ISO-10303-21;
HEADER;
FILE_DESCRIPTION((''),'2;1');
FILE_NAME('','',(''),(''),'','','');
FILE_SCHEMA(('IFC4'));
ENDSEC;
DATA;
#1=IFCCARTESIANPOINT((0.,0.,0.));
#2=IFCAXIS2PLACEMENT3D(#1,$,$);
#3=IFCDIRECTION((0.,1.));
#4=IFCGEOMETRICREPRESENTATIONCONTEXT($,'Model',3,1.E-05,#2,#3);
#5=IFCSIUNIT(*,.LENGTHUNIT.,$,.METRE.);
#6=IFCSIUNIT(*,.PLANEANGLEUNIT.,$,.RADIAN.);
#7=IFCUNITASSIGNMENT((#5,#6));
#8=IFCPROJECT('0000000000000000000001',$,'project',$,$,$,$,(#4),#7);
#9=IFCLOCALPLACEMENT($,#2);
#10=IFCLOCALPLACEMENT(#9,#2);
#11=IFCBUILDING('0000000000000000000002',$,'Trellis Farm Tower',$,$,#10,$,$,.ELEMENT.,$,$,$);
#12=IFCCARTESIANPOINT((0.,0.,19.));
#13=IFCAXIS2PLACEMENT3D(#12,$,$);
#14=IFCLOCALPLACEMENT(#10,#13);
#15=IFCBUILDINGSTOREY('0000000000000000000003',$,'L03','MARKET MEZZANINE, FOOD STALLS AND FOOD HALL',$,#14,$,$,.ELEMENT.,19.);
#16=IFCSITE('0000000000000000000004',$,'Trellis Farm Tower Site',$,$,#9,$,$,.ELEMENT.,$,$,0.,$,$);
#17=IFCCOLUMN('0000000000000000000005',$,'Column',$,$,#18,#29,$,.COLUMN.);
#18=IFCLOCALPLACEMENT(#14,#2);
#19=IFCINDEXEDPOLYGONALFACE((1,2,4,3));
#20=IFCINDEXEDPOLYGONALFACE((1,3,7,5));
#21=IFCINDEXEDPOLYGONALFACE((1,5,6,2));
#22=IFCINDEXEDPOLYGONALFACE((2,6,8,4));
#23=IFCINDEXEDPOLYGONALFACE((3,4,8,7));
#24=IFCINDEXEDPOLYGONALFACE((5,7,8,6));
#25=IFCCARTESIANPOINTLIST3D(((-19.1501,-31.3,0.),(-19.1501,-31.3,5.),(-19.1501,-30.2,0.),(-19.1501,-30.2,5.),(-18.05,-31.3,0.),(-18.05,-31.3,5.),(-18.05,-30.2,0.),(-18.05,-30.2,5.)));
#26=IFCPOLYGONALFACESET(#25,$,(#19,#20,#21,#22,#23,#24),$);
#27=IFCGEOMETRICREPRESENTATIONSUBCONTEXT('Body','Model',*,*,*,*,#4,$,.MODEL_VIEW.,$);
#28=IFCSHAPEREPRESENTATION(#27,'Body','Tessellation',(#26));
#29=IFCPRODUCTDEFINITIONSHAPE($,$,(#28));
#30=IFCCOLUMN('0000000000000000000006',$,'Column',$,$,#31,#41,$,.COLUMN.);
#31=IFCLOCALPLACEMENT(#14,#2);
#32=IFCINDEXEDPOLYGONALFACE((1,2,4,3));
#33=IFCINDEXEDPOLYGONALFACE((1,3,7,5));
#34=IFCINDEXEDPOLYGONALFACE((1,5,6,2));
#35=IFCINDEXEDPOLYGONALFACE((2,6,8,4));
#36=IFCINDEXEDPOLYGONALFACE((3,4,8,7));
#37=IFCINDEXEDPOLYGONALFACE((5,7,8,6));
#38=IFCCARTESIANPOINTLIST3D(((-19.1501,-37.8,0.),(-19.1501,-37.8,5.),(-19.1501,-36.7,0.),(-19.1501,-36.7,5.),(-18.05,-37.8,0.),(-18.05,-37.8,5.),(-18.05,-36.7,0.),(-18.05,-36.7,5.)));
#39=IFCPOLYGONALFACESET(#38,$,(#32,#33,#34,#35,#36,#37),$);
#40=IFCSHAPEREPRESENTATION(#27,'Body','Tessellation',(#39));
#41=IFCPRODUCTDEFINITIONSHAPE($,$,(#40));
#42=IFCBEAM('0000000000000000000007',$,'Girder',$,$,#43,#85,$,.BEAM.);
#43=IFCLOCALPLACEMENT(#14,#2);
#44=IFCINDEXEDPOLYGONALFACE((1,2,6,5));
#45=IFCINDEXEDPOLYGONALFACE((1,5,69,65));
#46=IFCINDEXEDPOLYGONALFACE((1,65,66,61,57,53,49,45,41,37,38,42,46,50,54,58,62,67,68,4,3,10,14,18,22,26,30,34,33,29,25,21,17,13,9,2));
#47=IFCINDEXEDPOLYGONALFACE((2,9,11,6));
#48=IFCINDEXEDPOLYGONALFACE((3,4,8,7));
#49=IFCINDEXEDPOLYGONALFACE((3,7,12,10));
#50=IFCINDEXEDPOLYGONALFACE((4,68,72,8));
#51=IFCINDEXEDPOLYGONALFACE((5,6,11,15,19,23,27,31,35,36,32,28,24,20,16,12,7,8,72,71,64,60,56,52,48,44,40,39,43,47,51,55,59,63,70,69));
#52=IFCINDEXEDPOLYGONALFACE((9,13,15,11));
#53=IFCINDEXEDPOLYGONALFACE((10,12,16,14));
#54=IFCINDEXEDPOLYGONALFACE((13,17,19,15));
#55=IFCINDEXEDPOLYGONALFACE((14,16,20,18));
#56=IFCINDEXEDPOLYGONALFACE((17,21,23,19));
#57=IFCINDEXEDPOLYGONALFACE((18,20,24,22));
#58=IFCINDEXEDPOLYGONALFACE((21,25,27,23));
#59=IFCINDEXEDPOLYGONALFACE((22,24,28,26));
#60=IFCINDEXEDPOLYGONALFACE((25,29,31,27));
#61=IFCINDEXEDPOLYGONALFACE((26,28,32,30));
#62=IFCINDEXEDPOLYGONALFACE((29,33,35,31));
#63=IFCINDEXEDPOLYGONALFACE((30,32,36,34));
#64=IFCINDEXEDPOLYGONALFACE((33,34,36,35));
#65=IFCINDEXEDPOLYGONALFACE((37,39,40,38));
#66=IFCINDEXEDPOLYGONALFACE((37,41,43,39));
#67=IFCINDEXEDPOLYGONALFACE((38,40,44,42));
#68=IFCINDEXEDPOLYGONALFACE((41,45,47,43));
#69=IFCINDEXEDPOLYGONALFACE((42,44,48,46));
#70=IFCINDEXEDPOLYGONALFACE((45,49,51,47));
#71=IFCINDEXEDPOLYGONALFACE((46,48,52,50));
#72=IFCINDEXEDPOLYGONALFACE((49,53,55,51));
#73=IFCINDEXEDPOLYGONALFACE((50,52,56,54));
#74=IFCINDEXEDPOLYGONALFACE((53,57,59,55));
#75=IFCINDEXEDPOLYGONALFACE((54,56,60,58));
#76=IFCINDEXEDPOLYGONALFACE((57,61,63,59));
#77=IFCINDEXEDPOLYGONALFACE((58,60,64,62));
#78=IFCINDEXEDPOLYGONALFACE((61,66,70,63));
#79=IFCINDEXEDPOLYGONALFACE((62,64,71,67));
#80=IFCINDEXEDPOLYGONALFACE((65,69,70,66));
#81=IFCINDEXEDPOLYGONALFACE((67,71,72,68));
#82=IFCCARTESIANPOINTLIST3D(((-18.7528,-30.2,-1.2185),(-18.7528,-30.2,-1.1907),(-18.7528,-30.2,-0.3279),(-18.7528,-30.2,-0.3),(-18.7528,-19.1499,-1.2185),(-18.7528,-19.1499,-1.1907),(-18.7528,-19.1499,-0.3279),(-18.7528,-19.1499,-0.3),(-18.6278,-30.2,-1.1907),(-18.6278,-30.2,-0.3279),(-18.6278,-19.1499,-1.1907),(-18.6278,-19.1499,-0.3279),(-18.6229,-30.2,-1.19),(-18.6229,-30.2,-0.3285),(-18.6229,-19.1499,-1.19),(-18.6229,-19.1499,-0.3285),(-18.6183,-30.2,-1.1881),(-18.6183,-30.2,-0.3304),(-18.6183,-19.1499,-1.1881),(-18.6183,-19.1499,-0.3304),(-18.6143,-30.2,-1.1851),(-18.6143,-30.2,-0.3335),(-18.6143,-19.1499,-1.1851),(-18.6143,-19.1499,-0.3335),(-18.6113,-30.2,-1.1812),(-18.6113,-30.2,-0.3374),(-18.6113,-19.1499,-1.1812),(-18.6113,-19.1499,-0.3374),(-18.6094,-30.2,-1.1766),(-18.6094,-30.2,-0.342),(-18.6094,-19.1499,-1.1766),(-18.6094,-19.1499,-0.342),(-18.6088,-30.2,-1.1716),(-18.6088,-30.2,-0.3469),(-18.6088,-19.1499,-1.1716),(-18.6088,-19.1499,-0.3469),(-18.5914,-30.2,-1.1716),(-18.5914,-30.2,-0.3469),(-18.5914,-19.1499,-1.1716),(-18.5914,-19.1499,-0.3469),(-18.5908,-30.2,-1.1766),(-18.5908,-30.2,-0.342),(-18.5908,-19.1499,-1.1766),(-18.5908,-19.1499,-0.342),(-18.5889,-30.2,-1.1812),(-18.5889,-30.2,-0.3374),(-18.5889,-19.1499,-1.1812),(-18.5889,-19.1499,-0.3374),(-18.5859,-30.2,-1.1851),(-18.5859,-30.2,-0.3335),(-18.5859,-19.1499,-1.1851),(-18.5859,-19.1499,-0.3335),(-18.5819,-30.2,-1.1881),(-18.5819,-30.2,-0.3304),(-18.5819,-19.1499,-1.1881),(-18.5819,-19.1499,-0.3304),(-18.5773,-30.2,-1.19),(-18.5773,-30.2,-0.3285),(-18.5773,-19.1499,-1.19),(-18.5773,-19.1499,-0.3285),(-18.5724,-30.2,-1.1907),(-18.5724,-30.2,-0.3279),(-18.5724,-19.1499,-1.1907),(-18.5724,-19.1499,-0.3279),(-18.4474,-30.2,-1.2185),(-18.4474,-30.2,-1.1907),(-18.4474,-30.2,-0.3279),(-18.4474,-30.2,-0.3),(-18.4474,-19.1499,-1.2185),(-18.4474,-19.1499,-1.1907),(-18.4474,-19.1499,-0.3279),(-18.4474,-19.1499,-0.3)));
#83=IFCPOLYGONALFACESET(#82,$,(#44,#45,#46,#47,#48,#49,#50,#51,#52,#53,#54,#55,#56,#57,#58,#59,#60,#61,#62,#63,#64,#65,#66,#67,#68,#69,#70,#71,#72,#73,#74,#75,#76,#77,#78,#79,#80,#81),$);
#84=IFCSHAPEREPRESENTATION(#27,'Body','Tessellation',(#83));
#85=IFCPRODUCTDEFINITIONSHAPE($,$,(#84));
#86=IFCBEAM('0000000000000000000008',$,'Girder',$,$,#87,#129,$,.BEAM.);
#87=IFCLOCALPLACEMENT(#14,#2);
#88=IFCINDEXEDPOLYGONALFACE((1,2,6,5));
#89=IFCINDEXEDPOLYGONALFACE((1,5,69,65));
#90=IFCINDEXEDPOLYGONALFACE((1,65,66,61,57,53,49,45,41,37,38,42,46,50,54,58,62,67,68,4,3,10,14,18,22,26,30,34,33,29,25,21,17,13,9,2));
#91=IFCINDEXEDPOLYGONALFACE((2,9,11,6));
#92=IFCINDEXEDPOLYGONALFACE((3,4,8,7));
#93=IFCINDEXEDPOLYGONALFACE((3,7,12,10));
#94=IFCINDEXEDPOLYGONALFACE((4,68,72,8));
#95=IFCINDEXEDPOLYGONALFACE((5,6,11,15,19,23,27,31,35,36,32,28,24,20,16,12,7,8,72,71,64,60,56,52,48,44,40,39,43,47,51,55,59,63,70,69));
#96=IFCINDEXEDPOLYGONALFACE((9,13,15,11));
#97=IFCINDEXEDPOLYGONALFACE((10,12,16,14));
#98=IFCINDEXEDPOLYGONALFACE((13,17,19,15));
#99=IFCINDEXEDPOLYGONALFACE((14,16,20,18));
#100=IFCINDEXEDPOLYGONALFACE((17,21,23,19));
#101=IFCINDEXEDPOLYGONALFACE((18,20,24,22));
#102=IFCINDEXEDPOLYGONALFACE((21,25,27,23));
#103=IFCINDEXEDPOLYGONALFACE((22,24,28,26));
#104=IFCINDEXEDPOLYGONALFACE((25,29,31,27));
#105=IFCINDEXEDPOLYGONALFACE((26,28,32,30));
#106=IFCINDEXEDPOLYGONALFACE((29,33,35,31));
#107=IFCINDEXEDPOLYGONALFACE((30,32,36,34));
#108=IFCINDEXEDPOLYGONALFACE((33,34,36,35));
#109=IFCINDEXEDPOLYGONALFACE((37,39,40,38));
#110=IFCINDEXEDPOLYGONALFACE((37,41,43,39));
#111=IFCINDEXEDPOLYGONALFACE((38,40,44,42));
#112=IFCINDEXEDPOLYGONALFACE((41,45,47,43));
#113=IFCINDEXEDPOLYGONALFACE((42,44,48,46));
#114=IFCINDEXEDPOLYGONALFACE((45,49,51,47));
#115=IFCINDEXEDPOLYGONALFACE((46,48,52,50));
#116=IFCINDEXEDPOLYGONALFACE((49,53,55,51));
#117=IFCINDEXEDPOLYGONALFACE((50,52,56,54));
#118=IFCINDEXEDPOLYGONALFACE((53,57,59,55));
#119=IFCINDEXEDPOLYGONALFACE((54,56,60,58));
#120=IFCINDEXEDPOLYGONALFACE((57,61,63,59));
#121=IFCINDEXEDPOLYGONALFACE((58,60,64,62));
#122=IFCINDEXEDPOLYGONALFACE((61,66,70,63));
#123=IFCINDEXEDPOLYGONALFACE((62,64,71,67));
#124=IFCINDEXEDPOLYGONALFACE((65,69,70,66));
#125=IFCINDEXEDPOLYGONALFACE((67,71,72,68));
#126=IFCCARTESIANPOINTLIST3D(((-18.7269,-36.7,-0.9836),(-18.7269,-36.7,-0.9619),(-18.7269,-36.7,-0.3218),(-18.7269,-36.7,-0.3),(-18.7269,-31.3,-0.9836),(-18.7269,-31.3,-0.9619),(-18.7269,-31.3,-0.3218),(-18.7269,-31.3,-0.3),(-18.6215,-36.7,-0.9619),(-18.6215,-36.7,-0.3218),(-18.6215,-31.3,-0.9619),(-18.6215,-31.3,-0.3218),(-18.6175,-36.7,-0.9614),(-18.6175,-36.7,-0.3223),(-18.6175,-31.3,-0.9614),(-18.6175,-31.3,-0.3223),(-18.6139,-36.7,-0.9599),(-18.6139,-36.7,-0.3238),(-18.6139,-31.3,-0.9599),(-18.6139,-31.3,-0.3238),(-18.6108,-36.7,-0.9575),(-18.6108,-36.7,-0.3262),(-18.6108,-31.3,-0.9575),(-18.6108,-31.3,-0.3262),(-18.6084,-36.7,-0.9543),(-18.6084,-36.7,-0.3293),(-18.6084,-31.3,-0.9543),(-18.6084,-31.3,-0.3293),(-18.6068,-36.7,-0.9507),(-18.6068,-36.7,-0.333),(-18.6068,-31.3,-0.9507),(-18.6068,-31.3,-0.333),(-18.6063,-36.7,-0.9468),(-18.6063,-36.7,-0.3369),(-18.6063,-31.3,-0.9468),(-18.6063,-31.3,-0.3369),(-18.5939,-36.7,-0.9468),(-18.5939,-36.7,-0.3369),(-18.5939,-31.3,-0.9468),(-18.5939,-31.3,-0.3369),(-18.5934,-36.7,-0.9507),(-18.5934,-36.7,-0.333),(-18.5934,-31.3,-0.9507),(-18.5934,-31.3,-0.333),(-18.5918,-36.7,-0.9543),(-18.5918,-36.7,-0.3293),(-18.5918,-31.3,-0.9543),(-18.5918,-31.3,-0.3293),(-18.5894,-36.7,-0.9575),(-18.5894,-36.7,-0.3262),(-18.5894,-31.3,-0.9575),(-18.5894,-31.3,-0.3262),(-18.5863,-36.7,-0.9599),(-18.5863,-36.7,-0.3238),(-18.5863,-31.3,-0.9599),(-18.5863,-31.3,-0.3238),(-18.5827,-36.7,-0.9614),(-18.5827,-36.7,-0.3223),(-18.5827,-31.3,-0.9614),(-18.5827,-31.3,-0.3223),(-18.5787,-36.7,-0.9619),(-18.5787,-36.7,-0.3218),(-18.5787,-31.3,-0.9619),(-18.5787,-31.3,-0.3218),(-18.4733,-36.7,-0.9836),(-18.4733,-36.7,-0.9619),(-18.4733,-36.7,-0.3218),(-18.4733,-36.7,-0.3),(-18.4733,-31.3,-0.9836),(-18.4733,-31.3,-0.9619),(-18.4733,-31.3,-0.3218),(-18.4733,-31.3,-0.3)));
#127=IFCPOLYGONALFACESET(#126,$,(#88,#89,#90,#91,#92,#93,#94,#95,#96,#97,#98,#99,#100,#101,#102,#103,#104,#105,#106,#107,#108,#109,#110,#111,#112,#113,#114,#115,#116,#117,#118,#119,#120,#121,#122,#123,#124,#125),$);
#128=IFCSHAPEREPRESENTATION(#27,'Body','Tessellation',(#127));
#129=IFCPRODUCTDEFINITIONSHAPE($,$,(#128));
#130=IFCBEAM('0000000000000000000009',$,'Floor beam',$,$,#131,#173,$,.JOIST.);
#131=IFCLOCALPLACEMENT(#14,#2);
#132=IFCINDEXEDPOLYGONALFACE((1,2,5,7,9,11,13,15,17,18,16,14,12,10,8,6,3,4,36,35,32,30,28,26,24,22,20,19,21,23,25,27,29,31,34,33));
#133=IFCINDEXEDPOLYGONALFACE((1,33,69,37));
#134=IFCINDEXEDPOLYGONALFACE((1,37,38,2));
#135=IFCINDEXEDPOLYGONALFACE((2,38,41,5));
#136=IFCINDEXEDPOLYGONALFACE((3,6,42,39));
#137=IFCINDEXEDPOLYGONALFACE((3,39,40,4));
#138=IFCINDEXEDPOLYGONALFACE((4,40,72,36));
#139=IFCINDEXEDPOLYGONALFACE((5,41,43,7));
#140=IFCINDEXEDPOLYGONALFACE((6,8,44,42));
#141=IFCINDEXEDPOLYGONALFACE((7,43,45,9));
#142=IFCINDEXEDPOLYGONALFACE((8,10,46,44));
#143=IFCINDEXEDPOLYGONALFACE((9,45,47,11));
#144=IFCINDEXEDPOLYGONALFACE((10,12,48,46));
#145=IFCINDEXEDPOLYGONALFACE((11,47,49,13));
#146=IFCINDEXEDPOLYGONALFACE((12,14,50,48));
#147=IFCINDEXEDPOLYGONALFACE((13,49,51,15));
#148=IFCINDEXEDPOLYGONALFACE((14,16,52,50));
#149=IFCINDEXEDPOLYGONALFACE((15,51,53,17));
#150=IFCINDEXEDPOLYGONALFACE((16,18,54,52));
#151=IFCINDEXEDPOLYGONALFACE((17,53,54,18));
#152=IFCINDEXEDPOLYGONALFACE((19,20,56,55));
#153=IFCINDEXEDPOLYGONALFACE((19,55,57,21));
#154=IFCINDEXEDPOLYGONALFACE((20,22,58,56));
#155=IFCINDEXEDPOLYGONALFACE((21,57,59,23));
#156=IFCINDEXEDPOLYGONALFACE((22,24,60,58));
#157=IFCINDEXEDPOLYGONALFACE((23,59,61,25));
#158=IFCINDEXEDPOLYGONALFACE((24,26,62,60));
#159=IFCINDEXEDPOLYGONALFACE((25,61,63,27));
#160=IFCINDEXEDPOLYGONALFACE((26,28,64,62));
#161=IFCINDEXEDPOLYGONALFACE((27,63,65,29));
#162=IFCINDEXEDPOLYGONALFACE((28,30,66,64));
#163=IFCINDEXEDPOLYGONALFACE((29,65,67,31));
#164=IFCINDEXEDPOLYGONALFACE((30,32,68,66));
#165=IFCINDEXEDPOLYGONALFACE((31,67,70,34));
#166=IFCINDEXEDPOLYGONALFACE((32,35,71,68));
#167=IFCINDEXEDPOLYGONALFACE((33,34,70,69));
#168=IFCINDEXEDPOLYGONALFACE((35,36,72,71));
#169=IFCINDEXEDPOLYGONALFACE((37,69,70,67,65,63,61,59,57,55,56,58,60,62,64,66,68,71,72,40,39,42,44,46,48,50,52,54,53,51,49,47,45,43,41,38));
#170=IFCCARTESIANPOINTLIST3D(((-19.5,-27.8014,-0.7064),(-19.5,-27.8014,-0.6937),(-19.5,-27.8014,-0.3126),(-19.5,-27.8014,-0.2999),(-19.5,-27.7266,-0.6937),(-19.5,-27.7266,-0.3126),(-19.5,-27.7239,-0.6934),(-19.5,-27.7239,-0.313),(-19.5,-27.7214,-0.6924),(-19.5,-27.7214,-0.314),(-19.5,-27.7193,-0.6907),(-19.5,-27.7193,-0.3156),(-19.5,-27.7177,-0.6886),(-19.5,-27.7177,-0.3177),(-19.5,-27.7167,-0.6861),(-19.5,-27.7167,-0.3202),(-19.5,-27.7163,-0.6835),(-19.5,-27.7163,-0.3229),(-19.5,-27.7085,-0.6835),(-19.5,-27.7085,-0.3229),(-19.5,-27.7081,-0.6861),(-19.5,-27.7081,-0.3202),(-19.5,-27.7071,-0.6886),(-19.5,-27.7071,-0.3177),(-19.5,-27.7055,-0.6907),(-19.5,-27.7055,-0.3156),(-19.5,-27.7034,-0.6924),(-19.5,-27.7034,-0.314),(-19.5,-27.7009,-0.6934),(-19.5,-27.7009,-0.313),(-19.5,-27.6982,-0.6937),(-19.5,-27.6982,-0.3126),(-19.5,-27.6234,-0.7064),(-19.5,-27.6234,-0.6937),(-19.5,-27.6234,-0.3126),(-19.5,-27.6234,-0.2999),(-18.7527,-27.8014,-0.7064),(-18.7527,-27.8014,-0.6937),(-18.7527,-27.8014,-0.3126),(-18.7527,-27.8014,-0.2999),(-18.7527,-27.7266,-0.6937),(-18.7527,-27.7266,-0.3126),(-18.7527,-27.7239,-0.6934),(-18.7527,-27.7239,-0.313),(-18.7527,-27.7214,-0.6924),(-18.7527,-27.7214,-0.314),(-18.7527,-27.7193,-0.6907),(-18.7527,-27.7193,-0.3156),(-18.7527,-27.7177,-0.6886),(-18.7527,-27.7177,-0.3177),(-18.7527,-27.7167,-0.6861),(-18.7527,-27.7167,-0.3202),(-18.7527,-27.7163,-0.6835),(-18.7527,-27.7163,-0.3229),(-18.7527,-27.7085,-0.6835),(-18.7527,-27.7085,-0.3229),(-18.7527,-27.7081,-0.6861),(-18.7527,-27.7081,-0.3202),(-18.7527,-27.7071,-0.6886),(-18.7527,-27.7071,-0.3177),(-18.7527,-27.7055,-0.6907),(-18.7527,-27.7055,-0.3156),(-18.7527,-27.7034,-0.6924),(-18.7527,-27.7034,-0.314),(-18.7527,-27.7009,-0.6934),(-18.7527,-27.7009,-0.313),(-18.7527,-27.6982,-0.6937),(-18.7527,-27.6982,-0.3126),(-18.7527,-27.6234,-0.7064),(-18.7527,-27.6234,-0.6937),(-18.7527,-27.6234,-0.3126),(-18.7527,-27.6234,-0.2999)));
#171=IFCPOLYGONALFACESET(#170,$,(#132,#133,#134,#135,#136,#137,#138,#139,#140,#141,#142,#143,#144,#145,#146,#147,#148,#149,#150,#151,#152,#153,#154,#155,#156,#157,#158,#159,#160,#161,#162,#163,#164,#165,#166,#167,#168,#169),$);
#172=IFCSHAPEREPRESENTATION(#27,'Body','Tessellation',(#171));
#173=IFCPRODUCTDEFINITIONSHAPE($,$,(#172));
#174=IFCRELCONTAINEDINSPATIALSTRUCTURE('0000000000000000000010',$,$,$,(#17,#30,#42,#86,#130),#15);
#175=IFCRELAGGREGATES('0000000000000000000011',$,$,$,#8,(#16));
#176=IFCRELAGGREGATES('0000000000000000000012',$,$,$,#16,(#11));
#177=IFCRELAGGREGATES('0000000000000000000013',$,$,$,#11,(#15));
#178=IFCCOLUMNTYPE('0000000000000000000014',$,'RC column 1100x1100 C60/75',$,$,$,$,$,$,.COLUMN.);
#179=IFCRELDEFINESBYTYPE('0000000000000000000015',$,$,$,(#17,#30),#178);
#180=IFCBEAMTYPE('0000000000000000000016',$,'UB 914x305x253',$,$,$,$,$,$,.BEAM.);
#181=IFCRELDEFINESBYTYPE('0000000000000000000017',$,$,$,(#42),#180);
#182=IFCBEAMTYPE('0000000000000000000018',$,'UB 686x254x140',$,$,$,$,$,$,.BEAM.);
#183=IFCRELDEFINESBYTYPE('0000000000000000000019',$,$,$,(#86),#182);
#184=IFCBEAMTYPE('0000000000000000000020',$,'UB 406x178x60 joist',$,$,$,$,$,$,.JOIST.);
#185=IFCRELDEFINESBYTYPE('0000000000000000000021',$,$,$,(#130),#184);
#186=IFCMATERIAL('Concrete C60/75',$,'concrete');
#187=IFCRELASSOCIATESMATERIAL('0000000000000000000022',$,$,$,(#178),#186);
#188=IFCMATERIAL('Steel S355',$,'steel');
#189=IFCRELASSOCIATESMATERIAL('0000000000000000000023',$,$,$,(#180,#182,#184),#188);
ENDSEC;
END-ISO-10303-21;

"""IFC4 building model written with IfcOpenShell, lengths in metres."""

from ifc_helpers import new_model, si_unit, direction, frame, origin, origin_2d, place, context, subcontext, project, spatial, rectangle, i_section, extrude, source, transform, mapped, material, material_profile, profile_set, type_object, element, save


model = new_model("IFC4")

# Units and contexts
model_context = context("Model", 3, precision=1e-05, world=origin(), true_north=direction((0.0, 1.0)))
body_context = subcontext(model_context, "Body", "Model", "MODEL_VIEW")
ifc_project = project(units=[si_unit("LENGTHUNIT", "METRE"), si_unit("PLANEANGLEUNIT", "RADIAN")], contexts=[model_context])

# Site, building, storey
site_placement = place(None, origin())
site = spatial("IfcSite", under=ifc_project, at=site_placement, Name="Trellis Farm Tower Site", CompositionType="ELEMENT", RefElevation=0.0)
building_placement = place(site_placement, origin())
building = spatial("IfcBuilding", under=site, at=building_placement, Name="Trellis Farm Tower", CompositionType="ELEMENT")
storey_placement = place(building_placement, frame((0.0, 0.0, 19.0)))
storey = spatial("IfcBuildingStorey", under=building, at=storey_placement, Name="L03", Description="MARKET MEZZANINE, FOOD STALLS AND FOOD HALL", CompositionType="ELEMENT", Elevation=19.0)

# Columns
ifc_material_1 = material(Name="Concrete C60/75", Category="concrete")
ifc_material_profile_1 = material_profile(ifc_material_1, rectangle(XDim=1.1001, YDim=1.1001, at=origin_2d()), Name="RC column 1100x1100 C60/75")
ifc_profile_set_1 = profile_set([ifc_material_profile_1], Name="Concrete C60/75")
column_type = type_object("IfcColumnType", Name="RC column 1100x1100 C60/75", PredefinedType="COLUMN", material=ifc_profile_set_1)
shared_shape_1 = source(origin(), body_context, "Body", "SweptSolid", [
    extrude(rectangle(XDim=1.1001, YDim=1.1001, at=origin_2d()), origin(), (0.0, 0.0, 1.0), 5.0),
])
for number, where, z_axis, x_axis, name in (
    (1, (-18.6001, -30.75, 0.0), (0.0, 0.0, 1.0), (1.0, 0.0, 0.0), "Column"),
    (2, (-18.6001, -37.25, 0.0), (0.0, 0.0, 1.0), (1.0, 0.0, 0.0), "Column"),
):
    element("IfcColumn", number, at=place(storey_placement, frame(where, z_axis=z_axis, x_axis=x_axis)), inside=storey, type_object=column_type, Name=name, PredefinedType="COLUMN", context=body_context, shape_type="MappedRepresentation", body=[
        mapped(shared_shape_1, transform((0.0, 0.0, 0.0))),
    ])

# Beams
ifc_material_2 = material(Name="Steel S355", Category="steel")
ifc_material_profile_2 = material_profile(ifc_material_2, i_section(OverallWidth=0.3054, OverallDepth=0.9185, WebThickness=0.0173, FlangeThickness=0.0278, FilletRadius=0.019, at=origin_2d()), Name="UB 914x305x253")
ifc_profile_set_2 = profile_set([ifc_material_profile_2], Name="Steel S355")
beam_type_1 = type_object("IfcBeamType", Name="UB 914x305x253", PredefinedType="BEAM", material=ifc_profile_set_2)
shared_shape_2 = source(origin(), body_context, "Body", "SweptSolid", [
    extrude(i_section(OverallWidth=0.3054, OverallDepth=0.9185, WebThickness=0.0173, FlangeThickness=0.0278, FilletRadius=0.019, at=origin_2d()), origin(), (0.0, 0.0, 1.0), 11.05),
])
beam_1_placement = place(storey_placement, frame((-18.6001, -30.2, -0.7593), z_axis=(0.0, 1.0, 0.0), x_axis=(-1.0, 0.0, 0.0)))
element("IfcBeam", 3, at=beam_1_placement, inside=storey, type_object=beam_type_1, Name="Girder", PredefinedType="BEAM", context=body_context, shape_type="MappedRepresentation", body=[
    mapped(shared_shape_2, transform((0.0, 0.0, 0.0))),
])
ifc_material_profile_3 = material_profile(ifc_material_2, i_section(OverallWidth=0.2537, OverallDepth=0.6836, WebThickness=0.0125, FlangeThickness=0.0217, FilletRadius=0.0151, at=origin_2d()), Name="UB 686x254x140")
ifc_profile_set_3 = profile_set([ifc_material_profile_3], Name="Steel S355")
beam_type_2 = type_object("IfcBeamType", Name="UB 686x254x140", PredefinedType="BEAM", material=ifc_profile_set_3)
shared_shape_3 = source(origin(), body_context, "Body", "SweptSolid", [
    extrude(i_section(OverallWidth=0.2537, OverallDepth=0.6836, WebThickness=0.0125, FlangeThickness=0.0217, FilletRadius=0.0151, at=origin_2d()), origin(), (0.0, 0.0, 1.0), 5.3999),
])
beam_2_placement = place(storey_placement, frame((-18.6001, -36.7, -0.6418), z_axis=(0.0, 1.0, 0.0), x_axis=(-1.0, 0.0, 0.0)))
element("IfcBeam", 4, at=beam_2_placement, inside=storey, type_object=beam_type_2, Name="Girder", PredefinedType="BEAM", context=body_context, shape_type="MappedRepresentation", body=[
    mapped(shared_shape_3, transform((0.0, 0.0, 0.0))),
])
ifc_material_profile_4 = material_profile(ifc_material_2, i_section(OverallWidth=0.178, OverallDepth=0.4065, WebThickness=0.0078, FlangeThickness=0.0127, FilletRadius=0.0103, at=origin_2d()), Name="UB 406x178x60")
ifc_profile_set_4 = profile_set([ifc_material_profile_4], Name="Steel S355")
beam_type_3 = type_object("IfcBeamType", Name="UB 406x178x60 joist", PredefinedType="JOIST", material=ifc_profile_set_4)
shared_shape_4 = source(origin(), body_context, "Body", "SweptSolid", [
    extrude(i_section(OverallWidth=0.178, OverallDepth=0.4065, WebThickness=0.0078, FlangeThickness=0.0127, FilletRadius=0.0103, at=origin_2d()), origin(), (0.0, 0.0, 1.0), 0.7473),
])
for number, where, z_axis, x_axis, name in (
    (5, (-19.5, -27.7124, -0.5032), (1.0, 0.0, 0.0), (0.0, 1.0, 0.0), "Floor beam"),
):
    element("IfcBeam", number, at=place(storey_placement, frame(where, z_axis=z_axis, x_axis=x_axis)), inside=storey, type_object=beam_type_3, Name=name, PredefinedType="JOIST", context=body_context, shape_type="MappedRepresentation", body=[
        mapped(shared_shape_4, transform((0.0, 0.0, 0.0))),
    ])

save(model, "model.ifc")
